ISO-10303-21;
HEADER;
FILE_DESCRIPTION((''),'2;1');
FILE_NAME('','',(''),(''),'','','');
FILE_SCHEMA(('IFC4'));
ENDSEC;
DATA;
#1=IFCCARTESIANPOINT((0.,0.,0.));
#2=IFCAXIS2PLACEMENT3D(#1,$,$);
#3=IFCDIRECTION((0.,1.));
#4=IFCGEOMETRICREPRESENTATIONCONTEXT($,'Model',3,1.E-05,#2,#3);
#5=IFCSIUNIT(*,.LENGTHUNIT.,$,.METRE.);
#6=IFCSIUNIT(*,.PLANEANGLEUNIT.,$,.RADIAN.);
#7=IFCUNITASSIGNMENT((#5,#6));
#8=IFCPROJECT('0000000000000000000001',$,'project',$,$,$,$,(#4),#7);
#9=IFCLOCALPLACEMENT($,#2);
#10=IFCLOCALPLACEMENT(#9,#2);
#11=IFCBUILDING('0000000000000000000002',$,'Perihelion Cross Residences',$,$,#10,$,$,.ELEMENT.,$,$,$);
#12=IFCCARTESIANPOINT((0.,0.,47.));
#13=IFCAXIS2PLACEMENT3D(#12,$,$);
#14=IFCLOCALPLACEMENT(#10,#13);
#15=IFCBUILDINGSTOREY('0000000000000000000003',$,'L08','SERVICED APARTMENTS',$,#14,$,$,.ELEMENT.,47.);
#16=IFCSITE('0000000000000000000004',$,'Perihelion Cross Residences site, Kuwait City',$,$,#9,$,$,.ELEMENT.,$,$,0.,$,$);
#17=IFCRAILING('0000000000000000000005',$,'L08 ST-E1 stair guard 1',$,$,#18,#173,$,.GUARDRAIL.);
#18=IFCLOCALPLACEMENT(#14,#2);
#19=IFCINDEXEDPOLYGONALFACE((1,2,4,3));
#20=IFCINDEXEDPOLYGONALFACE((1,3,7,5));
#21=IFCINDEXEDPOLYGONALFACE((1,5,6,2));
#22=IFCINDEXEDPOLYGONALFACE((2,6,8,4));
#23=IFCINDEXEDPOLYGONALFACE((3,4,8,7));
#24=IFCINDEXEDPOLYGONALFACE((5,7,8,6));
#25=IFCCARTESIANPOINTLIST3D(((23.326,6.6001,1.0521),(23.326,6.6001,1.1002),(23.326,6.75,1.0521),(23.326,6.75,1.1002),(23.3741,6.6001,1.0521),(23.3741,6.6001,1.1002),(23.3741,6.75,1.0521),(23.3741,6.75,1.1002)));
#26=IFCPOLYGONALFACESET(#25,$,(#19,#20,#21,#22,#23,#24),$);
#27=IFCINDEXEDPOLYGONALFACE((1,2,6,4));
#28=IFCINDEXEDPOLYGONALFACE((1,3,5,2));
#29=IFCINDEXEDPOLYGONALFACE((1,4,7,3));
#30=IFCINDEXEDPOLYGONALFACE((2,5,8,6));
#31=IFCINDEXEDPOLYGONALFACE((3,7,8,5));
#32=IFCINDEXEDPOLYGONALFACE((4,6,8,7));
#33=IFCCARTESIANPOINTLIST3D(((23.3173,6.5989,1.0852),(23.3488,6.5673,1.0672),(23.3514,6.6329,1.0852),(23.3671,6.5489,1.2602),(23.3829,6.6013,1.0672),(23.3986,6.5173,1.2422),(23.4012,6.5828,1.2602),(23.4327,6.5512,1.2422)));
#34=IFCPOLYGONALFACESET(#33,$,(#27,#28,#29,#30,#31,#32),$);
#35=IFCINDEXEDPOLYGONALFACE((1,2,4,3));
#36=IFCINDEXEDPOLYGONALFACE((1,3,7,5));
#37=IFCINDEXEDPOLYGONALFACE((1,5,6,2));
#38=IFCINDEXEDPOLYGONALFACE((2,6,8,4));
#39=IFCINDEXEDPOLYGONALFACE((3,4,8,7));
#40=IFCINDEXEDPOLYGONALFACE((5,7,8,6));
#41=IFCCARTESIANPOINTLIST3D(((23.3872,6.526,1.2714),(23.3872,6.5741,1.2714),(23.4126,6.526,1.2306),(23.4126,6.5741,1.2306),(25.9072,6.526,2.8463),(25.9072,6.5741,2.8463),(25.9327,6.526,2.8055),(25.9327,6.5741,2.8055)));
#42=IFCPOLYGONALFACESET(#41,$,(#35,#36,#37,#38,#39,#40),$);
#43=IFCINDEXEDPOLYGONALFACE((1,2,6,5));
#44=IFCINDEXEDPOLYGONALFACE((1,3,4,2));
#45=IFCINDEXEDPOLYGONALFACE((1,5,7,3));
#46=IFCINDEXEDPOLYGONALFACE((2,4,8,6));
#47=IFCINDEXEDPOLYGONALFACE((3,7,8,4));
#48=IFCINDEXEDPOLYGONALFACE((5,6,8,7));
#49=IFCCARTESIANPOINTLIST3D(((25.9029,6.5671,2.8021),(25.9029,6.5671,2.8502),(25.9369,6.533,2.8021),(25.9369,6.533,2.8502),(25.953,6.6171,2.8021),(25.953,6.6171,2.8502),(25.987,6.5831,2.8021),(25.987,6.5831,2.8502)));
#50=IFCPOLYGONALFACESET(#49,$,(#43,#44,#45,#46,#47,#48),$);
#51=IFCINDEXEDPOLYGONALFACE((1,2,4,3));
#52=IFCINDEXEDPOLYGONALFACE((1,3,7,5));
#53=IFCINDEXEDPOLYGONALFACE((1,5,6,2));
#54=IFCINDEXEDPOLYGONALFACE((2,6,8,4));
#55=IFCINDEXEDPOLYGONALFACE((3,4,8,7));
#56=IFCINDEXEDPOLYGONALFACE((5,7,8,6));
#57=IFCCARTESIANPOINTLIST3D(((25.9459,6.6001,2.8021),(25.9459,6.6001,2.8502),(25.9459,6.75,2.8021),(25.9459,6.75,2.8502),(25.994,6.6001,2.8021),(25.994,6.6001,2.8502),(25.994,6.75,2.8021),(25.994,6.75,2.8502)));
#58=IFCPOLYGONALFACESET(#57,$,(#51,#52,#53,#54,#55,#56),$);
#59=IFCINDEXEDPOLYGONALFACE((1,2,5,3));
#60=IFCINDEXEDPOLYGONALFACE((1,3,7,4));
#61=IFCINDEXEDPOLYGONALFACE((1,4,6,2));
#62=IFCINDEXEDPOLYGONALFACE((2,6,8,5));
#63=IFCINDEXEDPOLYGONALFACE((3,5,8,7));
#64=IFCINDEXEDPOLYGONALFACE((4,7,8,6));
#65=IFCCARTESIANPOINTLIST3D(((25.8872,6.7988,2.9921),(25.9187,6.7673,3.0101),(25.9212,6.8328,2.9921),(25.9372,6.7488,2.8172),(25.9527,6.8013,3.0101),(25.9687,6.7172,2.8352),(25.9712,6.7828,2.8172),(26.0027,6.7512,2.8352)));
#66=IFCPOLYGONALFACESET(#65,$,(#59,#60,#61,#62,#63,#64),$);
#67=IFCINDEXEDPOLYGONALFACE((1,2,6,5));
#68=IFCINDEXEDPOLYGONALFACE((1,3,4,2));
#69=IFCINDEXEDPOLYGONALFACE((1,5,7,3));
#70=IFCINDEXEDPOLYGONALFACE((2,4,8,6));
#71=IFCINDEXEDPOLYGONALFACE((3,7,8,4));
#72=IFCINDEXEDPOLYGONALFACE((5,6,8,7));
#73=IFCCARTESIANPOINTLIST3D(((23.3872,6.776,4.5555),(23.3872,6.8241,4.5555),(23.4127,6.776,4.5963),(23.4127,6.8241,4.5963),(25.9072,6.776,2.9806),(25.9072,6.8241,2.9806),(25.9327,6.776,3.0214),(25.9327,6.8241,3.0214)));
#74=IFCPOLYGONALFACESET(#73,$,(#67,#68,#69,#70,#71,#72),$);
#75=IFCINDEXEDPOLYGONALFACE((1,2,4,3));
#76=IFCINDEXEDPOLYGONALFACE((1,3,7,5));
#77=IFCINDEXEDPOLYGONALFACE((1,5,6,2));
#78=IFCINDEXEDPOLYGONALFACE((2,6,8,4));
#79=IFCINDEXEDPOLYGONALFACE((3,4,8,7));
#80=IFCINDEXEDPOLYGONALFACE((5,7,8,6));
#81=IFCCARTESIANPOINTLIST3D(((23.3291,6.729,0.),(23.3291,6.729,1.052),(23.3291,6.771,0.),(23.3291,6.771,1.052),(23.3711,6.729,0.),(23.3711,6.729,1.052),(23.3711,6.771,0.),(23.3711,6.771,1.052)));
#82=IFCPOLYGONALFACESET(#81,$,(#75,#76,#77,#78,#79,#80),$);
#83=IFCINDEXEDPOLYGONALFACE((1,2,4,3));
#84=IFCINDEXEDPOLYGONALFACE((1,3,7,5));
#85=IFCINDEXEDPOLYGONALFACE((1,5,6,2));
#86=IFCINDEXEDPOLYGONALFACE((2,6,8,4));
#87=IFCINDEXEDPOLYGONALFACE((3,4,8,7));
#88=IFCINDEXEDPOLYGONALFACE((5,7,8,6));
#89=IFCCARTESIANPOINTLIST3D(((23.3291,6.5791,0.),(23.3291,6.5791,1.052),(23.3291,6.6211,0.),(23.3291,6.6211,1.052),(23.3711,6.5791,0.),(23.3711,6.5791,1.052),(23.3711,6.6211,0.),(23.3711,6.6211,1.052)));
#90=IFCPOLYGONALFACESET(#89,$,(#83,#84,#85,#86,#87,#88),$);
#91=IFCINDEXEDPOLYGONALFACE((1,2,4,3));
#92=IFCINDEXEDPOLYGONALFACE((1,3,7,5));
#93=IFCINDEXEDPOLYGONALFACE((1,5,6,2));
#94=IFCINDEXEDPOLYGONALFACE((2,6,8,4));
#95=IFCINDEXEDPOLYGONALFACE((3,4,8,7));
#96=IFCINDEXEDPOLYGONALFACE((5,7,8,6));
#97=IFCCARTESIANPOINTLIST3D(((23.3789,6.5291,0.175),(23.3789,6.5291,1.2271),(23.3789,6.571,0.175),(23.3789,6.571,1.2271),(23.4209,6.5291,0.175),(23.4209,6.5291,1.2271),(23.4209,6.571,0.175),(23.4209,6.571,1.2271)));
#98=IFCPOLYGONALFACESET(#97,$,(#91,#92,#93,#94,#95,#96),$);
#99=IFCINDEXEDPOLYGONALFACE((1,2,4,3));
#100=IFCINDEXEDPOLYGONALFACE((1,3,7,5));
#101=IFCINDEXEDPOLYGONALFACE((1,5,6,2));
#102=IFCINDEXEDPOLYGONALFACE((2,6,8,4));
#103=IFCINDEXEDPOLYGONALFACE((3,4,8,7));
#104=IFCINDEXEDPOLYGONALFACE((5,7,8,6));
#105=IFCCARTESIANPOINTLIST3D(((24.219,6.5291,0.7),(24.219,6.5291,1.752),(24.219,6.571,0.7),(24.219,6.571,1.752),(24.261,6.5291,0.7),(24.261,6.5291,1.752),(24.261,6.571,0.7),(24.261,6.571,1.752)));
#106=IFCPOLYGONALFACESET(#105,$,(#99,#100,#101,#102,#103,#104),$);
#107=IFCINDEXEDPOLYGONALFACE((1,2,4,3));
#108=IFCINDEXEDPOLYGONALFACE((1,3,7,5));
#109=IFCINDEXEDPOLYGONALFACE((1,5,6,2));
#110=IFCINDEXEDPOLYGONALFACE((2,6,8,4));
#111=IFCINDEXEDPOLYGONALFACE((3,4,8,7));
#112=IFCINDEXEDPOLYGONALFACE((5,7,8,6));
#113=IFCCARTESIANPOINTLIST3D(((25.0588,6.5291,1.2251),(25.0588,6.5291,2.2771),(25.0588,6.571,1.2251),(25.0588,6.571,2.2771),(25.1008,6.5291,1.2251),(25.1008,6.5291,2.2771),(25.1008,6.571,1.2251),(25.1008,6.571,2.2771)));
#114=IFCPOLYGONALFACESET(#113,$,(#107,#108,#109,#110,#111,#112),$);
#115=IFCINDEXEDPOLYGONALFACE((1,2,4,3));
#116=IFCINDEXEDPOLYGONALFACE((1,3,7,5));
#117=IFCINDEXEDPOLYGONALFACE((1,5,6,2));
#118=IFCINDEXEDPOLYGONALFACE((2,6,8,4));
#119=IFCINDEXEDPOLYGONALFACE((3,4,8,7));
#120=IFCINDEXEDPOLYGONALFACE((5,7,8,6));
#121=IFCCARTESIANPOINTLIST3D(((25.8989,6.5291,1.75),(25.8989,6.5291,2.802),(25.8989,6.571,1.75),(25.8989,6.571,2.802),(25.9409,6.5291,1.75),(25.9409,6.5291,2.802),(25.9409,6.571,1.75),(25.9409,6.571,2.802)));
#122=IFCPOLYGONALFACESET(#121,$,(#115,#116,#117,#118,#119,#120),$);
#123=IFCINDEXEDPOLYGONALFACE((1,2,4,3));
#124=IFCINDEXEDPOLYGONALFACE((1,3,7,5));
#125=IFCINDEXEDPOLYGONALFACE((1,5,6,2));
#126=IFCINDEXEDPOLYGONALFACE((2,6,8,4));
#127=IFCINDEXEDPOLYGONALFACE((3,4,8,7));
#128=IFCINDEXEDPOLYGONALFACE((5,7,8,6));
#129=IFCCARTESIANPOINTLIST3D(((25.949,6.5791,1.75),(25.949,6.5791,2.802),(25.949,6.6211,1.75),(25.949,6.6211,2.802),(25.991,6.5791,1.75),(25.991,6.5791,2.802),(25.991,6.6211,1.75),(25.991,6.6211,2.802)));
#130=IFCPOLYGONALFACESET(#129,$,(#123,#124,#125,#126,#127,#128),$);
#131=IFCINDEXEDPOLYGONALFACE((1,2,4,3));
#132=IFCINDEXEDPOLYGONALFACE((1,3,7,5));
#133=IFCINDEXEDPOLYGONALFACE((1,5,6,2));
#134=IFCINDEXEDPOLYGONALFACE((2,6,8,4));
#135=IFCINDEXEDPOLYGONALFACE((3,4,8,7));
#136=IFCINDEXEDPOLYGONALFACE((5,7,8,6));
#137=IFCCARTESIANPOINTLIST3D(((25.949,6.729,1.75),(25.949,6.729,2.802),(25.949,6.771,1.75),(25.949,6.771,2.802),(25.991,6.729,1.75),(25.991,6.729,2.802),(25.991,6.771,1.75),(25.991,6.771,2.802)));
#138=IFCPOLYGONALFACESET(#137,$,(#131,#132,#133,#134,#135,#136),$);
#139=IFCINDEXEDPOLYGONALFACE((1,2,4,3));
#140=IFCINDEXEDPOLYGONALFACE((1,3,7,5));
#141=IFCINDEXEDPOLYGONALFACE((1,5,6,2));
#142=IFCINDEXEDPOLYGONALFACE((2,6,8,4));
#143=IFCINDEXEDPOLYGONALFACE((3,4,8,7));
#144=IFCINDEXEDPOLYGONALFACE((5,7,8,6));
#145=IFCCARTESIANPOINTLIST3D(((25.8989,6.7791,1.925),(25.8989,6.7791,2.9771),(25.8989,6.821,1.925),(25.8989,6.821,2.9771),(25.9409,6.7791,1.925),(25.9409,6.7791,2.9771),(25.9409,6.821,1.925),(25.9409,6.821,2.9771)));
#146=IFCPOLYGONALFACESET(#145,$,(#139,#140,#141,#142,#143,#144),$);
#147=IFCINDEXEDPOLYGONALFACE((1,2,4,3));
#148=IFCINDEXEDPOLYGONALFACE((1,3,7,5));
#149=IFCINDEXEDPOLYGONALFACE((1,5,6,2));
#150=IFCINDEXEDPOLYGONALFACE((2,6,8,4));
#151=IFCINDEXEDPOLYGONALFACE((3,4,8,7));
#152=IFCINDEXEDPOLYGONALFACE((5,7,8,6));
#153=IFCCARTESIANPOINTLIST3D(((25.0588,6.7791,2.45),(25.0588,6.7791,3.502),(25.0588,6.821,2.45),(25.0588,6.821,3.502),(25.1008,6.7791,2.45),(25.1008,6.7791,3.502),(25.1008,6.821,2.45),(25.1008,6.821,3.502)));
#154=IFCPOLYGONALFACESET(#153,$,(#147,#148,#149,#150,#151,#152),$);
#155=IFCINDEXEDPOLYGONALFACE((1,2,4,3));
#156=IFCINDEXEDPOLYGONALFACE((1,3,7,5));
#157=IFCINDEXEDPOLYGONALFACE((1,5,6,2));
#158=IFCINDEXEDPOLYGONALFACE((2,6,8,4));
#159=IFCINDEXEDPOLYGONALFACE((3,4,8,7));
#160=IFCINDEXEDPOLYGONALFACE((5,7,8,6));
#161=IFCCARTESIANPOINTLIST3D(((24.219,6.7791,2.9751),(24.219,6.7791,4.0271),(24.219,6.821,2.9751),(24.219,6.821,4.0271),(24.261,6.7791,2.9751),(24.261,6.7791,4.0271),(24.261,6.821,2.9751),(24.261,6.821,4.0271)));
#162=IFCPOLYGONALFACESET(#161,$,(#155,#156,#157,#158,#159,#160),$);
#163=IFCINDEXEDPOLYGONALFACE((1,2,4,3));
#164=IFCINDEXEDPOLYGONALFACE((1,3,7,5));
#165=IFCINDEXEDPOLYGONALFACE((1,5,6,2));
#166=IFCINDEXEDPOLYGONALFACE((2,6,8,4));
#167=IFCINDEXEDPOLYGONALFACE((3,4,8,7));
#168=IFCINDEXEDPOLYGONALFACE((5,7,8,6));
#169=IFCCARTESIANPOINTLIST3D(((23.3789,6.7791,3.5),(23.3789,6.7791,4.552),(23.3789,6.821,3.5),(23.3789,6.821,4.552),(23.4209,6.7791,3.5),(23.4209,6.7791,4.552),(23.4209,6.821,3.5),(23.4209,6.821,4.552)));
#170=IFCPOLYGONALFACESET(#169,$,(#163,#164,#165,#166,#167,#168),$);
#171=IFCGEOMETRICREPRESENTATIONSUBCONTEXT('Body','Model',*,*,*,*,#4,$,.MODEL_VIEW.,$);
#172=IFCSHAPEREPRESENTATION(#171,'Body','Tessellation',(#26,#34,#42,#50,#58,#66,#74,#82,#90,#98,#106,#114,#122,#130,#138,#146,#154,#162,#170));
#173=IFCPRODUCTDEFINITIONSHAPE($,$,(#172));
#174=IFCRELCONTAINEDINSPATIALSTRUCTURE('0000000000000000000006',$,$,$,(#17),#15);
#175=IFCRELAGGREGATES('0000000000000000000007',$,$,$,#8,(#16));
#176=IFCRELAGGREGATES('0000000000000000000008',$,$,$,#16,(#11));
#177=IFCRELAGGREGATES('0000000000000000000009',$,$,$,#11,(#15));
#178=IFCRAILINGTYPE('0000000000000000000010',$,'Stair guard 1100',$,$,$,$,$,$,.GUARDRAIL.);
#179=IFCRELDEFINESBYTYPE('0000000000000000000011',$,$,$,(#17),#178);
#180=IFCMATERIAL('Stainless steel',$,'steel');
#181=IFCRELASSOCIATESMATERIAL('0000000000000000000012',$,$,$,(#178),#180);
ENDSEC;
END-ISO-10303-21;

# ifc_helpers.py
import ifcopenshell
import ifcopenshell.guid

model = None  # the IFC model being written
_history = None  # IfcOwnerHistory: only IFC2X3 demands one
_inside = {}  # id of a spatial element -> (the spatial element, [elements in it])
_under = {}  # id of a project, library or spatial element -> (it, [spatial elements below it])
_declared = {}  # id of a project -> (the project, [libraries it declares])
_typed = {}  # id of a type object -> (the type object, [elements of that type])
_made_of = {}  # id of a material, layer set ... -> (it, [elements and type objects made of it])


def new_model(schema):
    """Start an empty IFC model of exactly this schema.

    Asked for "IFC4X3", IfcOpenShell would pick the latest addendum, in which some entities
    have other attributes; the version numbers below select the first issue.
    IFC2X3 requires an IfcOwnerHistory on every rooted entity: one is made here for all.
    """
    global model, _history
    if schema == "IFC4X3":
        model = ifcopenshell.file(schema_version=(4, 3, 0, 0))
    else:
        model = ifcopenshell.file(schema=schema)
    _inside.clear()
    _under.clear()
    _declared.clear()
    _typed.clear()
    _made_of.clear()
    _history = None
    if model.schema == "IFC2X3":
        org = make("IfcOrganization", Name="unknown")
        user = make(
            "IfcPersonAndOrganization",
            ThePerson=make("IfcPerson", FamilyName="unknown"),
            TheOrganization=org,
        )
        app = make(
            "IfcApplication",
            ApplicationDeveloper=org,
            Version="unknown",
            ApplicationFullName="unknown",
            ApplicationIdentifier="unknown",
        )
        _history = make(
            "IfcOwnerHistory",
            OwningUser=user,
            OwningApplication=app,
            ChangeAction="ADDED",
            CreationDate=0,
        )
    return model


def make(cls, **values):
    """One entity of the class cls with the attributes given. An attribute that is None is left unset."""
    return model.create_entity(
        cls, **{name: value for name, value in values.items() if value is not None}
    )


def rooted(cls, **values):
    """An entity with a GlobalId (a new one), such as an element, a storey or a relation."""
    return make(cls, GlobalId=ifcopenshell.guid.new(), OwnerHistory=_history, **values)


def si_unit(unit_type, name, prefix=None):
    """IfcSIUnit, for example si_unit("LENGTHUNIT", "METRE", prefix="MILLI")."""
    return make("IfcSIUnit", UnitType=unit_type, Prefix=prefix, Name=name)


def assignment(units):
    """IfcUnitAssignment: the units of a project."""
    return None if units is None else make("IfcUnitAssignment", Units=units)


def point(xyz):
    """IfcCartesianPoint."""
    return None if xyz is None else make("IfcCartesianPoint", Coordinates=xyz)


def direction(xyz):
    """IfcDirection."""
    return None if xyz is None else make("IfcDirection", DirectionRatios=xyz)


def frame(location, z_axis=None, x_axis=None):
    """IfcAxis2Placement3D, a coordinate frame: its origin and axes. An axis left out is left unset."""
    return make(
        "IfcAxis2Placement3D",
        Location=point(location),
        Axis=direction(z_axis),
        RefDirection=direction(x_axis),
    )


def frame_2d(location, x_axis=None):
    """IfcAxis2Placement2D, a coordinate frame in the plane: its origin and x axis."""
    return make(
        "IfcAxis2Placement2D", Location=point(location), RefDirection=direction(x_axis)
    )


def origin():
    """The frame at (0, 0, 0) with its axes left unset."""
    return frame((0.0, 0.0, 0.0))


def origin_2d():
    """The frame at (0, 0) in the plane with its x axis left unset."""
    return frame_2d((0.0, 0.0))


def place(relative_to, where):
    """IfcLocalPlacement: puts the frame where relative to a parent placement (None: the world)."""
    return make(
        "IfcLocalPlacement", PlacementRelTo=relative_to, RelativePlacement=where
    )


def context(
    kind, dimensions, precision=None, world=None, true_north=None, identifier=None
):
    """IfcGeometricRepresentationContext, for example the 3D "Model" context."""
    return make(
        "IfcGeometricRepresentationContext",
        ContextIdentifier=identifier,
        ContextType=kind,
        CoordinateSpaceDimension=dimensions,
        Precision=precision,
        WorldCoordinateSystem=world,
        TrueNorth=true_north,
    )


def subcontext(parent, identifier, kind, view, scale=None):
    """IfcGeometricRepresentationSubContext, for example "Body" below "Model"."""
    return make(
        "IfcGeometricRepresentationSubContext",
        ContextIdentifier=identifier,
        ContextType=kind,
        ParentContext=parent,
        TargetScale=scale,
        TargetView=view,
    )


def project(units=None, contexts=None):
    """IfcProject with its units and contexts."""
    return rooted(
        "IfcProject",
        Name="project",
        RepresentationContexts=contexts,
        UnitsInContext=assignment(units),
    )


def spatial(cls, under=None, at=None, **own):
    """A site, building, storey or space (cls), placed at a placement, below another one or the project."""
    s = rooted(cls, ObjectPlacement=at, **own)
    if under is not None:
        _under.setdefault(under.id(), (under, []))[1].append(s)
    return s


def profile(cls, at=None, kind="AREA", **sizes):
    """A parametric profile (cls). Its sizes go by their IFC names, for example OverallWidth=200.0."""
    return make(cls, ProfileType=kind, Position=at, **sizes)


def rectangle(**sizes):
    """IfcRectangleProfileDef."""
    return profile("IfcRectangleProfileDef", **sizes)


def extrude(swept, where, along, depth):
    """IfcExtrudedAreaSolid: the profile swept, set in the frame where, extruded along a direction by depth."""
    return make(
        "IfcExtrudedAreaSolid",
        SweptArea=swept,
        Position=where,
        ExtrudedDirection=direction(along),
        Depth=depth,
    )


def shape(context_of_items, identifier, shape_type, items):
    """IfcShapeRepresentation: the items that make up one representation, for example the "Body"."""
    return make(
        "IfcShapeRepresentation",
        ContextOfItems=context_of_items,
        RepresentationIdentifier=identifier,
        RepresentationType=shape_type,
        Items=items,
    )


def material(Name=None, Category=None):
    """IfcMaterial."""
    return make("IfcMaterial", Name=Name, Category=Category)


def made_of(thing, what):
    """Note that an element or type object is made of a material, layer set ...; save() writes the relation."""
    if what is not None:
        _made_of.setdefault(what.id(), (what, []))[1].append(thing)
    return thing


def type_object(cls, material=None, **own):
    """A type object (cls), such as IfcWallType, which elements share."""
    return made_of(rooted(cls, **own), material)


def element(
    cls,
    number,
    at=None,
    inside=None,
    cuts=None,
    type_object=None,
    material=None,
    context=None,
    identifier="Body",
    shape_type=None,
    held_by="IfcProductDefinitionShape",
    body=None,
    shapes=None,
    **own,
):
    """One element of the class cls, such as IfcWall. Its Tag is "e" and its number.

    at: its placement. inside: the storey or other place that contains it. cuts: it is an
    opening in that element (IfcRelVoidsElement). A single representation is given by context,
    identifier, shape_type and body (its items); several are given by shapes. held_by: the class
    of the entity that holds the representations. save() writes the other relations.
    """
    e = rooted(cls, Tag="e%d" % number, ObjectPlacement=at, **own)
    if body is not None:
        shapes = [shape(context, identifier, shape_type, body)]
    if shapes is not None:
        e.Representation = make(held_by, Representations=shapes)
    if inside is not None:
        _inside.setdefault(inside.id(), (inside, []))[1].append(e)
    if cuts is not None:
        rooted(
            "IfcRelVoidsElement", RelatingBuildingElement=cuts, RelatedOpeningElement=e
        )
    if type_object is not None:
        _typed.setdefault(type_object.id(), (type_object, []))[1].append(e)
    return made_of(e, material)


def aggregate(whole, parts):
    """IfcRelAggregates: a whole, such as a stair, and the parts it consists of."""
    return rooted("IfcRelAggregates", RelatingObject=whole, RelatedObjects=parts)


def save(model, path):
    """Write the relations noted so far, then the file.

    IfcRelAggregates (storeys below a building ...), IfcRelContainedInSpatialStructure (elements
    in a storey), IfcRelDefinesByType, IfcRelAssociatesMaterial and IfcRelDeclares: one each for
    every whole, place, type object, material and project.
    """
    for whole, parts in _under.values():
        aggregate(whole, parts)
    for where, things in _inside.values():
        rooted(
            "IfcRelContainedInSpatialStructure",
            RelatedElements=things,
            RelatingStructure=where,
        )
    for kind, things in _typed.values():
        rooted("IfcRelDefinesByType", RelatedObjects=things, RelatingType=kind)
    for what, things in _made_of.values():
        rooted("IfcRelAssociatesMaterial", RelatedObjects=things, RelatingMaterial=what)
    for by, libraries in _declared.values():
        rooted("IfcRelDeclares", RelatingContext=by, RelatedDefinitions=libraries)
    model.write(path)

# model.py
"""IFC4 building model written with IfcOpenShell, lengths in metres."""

from ifc_helpers import new_model, si_unit, direction, frame, origin, origin_2d, place, context, subcontext, project, spatial, rectangle, extrude, material, type_object, element, save


model = new_model("IFC4")

# Units and contexts
model_context = context("Model", 3, precision=1e-05, world=origin(), true_north=direction((0.0, 1.0)))
body_context = subcontext(model_context, "Body", "Model", "MODEL_VIEW")
ifc_project = project(units=[si_unit("LENGTHUNIT", "METRE"), si_unit("PLANEANGLEUNIT", "RADIAN")], contexts=[model_context])

# Site, building, storey
site_placement = place(None, origin())
site = spatial("IfcSite", under=ifc_project, at=site_placement, Name="Perihelion Cross Residences site, Kuwait City", CompositionType="ELEMENT", RefElevation=0.0)
building_placement = place(site_placement, origin())
building = spatial("IfcBuilding", under=site, at=building_placement, Name="Perihelion Cross Residences", CompositionType="ELEMENT")
storey_placement = place(building_placement, frame((0.0, 0.0, 47.0)))
storey = spatial("IfcBuildingStorey", under=building, at=storey_placement, Name="L08", Description="SERVICED APARTMENTS", CompositionType="ELEMENT", Elevation=47.0)

# Railing
ifc_material_1 = material(Name="Stainless steel", Category="steel")
railing_type_1 = type_object("IfcRailingType", Name="Stair guard 1100", PredefinedType="GUARDRAIL", material=ifc_material_1)
railing_1_placement = place(storey_placement, frame((23.3501, 6.75, 0.0)))
element("IfcRailing", 1, at=railing_1_placement, inside=storey, type_object=railing_type_1, Name="L08 ST-E1 stair guard 1", PredefinedType="GUARDRAIL", context=body_context, shape_type="SweptSolid", body=[
    extrude(rectangle(XDim=0.0481, YDim=0.0481, at=origin_2d()), frame((0.0, 0.0, 1.0762), z_axis=(0.0, -1.0, 0.0), x_axis=(1.0, 0.0, 0.0)), (0.0, 0.0, 1.0), 0.1499),
    extrude(rectangle(XDim=0.0481, YDim=0.0481, at=origin_2d()), frame((0.0, -0.1499, 1.0762), z_axis=(0.263862, -0.265156, 0.927399), x_axis=(0.708834, 0.705376, 0.0)), (0.0, 0.0, 1.0), 0.1887),
    extrude(rectangle(XDim=0.0481, YDim=0.0481, at=origin_2d()), frame((0.0498, -0.2, 1.251), z_axis=(0.848008, 0.0, 0.529984), x_axis=(0.0, 1.0, 0.0)), (0.0, 0.0, 1.0), 2.9717),
    extrude(rectangle(XDim=0.0481, YDim=0.0481, at=origin_2d()), frame((2.5698, -0.2, 2.8262), z_axis=(0.707107, 0.707107, 0.0), x_axis=(-0.707107, 0.707107, 0.0)), (0.0, 0.0, 1.0), 0.0708),
    extrude(rectangle(XDim=0.0481, YDim=0.0481, at=origin_2d()), frame((2.6199, -0.1499, 2.8262), z_axis=(0.0, 1.0, 0.0), x_axis=(-1.0, 0.0, 0.0)), (0.0, 0.0, 1.0), 0.1499),
    extrude(rectangle(XDim=0.0481, YDim=0.0481, at=origin_2d()), frame((2.6199, 0.0, 2.8262), z_axis=(-0.265065, 0.265065, 0.927082), x_axis=(-0.707107, -0.707107, 0.0)), (0.0, 0.0, 1.0), 0.1887),
    extrude(rectangle(XDim=0.0481, YDim=0.0481, at=origin_2d()), frame((2.5698, 0.05, 3.001), z_axis=(-0.848008, 0.0, 0.529984), x_axis=(0.0, -1.0, 0.0)), (0.0, 0.0, 1.0), 2.9717),
    extrude(rectangle(XDim=0.042, YDim=0.042, at=origin_2d()), origin(), (0.0, 0.0, 1.0), 1.052),
    extrude(rectangle(XDim=0.042, YDim=0.042, at=origin_2d()), frame((0.0, -0.1499, 0.0)), (0.0, 0.0, 1.0), 1.052),
    extrude(rectangle(XDim=0.042, YDim=0.042, at=origin_2d()), frame((0.0498, -0.2, 0.175)), (0.0, 0.0, 1.0), 1.052),
    extrude(rectangle(XDim=0.042, YDim=0.042, at=origin_2d()), frame((0.8899, -0.2, 0.7)), (0.0, 0.0, 1.0), 1.052),
    extrude(rectangle(XDim=0.042, YDim=0.042, at=origin_2d()), frame((1.7297, -0.2, 1.2251)), (0.0, 0.0, 1.0), 1.052),
    extrude(rectangle(XDim=0.042, YDim=0.042, at=origin_2d()), frame((2.5698, -0.2, 1.75)), (0.0, 0.0, 1.0), 1.052),
    extrude(rectangle(XDim=0.042, YDim=0.042, at=origin_2d()), frame((2.6199, -0.1499, 1.75)), (0.0, 0.0, 1.0), 1.052),
    extrude(rectangle(XDim=0.042, YDim=0.042, at=origin_2d()), frame((2.6199, 0.0, 1.75)), (0.0, 0.0, 1.0), 1.052),
    extrude(rectangle(XDim=0.042, YDim=0.042, at=origin_2d()), frame((2.5698, 0.05, 1.925)), (0.0, 0.0, 1.0), 1.052),
    extrude(rectangle(XDim=0.042, YDim=0.042, at=origin_2d()), frame((1.7297, 0.05, 2.45)), (0.0, 0.0, 1.0), 1.052),
    extrude(rectangle(XDim=0.042, YDim=0.042, at=origin_2d()), frame((0.8899, 0.05, 2.9751)), (0.0, 0.0, 1.0), 1.052),
    extrude(rectangle(XDim=0.042, YDim=0.042, at=origin_2d()), frame((0.0498, 0.05, 3.5)), (0.0, 0.0, 1.0), 1.052),
])

save(model, "model.ifc")
